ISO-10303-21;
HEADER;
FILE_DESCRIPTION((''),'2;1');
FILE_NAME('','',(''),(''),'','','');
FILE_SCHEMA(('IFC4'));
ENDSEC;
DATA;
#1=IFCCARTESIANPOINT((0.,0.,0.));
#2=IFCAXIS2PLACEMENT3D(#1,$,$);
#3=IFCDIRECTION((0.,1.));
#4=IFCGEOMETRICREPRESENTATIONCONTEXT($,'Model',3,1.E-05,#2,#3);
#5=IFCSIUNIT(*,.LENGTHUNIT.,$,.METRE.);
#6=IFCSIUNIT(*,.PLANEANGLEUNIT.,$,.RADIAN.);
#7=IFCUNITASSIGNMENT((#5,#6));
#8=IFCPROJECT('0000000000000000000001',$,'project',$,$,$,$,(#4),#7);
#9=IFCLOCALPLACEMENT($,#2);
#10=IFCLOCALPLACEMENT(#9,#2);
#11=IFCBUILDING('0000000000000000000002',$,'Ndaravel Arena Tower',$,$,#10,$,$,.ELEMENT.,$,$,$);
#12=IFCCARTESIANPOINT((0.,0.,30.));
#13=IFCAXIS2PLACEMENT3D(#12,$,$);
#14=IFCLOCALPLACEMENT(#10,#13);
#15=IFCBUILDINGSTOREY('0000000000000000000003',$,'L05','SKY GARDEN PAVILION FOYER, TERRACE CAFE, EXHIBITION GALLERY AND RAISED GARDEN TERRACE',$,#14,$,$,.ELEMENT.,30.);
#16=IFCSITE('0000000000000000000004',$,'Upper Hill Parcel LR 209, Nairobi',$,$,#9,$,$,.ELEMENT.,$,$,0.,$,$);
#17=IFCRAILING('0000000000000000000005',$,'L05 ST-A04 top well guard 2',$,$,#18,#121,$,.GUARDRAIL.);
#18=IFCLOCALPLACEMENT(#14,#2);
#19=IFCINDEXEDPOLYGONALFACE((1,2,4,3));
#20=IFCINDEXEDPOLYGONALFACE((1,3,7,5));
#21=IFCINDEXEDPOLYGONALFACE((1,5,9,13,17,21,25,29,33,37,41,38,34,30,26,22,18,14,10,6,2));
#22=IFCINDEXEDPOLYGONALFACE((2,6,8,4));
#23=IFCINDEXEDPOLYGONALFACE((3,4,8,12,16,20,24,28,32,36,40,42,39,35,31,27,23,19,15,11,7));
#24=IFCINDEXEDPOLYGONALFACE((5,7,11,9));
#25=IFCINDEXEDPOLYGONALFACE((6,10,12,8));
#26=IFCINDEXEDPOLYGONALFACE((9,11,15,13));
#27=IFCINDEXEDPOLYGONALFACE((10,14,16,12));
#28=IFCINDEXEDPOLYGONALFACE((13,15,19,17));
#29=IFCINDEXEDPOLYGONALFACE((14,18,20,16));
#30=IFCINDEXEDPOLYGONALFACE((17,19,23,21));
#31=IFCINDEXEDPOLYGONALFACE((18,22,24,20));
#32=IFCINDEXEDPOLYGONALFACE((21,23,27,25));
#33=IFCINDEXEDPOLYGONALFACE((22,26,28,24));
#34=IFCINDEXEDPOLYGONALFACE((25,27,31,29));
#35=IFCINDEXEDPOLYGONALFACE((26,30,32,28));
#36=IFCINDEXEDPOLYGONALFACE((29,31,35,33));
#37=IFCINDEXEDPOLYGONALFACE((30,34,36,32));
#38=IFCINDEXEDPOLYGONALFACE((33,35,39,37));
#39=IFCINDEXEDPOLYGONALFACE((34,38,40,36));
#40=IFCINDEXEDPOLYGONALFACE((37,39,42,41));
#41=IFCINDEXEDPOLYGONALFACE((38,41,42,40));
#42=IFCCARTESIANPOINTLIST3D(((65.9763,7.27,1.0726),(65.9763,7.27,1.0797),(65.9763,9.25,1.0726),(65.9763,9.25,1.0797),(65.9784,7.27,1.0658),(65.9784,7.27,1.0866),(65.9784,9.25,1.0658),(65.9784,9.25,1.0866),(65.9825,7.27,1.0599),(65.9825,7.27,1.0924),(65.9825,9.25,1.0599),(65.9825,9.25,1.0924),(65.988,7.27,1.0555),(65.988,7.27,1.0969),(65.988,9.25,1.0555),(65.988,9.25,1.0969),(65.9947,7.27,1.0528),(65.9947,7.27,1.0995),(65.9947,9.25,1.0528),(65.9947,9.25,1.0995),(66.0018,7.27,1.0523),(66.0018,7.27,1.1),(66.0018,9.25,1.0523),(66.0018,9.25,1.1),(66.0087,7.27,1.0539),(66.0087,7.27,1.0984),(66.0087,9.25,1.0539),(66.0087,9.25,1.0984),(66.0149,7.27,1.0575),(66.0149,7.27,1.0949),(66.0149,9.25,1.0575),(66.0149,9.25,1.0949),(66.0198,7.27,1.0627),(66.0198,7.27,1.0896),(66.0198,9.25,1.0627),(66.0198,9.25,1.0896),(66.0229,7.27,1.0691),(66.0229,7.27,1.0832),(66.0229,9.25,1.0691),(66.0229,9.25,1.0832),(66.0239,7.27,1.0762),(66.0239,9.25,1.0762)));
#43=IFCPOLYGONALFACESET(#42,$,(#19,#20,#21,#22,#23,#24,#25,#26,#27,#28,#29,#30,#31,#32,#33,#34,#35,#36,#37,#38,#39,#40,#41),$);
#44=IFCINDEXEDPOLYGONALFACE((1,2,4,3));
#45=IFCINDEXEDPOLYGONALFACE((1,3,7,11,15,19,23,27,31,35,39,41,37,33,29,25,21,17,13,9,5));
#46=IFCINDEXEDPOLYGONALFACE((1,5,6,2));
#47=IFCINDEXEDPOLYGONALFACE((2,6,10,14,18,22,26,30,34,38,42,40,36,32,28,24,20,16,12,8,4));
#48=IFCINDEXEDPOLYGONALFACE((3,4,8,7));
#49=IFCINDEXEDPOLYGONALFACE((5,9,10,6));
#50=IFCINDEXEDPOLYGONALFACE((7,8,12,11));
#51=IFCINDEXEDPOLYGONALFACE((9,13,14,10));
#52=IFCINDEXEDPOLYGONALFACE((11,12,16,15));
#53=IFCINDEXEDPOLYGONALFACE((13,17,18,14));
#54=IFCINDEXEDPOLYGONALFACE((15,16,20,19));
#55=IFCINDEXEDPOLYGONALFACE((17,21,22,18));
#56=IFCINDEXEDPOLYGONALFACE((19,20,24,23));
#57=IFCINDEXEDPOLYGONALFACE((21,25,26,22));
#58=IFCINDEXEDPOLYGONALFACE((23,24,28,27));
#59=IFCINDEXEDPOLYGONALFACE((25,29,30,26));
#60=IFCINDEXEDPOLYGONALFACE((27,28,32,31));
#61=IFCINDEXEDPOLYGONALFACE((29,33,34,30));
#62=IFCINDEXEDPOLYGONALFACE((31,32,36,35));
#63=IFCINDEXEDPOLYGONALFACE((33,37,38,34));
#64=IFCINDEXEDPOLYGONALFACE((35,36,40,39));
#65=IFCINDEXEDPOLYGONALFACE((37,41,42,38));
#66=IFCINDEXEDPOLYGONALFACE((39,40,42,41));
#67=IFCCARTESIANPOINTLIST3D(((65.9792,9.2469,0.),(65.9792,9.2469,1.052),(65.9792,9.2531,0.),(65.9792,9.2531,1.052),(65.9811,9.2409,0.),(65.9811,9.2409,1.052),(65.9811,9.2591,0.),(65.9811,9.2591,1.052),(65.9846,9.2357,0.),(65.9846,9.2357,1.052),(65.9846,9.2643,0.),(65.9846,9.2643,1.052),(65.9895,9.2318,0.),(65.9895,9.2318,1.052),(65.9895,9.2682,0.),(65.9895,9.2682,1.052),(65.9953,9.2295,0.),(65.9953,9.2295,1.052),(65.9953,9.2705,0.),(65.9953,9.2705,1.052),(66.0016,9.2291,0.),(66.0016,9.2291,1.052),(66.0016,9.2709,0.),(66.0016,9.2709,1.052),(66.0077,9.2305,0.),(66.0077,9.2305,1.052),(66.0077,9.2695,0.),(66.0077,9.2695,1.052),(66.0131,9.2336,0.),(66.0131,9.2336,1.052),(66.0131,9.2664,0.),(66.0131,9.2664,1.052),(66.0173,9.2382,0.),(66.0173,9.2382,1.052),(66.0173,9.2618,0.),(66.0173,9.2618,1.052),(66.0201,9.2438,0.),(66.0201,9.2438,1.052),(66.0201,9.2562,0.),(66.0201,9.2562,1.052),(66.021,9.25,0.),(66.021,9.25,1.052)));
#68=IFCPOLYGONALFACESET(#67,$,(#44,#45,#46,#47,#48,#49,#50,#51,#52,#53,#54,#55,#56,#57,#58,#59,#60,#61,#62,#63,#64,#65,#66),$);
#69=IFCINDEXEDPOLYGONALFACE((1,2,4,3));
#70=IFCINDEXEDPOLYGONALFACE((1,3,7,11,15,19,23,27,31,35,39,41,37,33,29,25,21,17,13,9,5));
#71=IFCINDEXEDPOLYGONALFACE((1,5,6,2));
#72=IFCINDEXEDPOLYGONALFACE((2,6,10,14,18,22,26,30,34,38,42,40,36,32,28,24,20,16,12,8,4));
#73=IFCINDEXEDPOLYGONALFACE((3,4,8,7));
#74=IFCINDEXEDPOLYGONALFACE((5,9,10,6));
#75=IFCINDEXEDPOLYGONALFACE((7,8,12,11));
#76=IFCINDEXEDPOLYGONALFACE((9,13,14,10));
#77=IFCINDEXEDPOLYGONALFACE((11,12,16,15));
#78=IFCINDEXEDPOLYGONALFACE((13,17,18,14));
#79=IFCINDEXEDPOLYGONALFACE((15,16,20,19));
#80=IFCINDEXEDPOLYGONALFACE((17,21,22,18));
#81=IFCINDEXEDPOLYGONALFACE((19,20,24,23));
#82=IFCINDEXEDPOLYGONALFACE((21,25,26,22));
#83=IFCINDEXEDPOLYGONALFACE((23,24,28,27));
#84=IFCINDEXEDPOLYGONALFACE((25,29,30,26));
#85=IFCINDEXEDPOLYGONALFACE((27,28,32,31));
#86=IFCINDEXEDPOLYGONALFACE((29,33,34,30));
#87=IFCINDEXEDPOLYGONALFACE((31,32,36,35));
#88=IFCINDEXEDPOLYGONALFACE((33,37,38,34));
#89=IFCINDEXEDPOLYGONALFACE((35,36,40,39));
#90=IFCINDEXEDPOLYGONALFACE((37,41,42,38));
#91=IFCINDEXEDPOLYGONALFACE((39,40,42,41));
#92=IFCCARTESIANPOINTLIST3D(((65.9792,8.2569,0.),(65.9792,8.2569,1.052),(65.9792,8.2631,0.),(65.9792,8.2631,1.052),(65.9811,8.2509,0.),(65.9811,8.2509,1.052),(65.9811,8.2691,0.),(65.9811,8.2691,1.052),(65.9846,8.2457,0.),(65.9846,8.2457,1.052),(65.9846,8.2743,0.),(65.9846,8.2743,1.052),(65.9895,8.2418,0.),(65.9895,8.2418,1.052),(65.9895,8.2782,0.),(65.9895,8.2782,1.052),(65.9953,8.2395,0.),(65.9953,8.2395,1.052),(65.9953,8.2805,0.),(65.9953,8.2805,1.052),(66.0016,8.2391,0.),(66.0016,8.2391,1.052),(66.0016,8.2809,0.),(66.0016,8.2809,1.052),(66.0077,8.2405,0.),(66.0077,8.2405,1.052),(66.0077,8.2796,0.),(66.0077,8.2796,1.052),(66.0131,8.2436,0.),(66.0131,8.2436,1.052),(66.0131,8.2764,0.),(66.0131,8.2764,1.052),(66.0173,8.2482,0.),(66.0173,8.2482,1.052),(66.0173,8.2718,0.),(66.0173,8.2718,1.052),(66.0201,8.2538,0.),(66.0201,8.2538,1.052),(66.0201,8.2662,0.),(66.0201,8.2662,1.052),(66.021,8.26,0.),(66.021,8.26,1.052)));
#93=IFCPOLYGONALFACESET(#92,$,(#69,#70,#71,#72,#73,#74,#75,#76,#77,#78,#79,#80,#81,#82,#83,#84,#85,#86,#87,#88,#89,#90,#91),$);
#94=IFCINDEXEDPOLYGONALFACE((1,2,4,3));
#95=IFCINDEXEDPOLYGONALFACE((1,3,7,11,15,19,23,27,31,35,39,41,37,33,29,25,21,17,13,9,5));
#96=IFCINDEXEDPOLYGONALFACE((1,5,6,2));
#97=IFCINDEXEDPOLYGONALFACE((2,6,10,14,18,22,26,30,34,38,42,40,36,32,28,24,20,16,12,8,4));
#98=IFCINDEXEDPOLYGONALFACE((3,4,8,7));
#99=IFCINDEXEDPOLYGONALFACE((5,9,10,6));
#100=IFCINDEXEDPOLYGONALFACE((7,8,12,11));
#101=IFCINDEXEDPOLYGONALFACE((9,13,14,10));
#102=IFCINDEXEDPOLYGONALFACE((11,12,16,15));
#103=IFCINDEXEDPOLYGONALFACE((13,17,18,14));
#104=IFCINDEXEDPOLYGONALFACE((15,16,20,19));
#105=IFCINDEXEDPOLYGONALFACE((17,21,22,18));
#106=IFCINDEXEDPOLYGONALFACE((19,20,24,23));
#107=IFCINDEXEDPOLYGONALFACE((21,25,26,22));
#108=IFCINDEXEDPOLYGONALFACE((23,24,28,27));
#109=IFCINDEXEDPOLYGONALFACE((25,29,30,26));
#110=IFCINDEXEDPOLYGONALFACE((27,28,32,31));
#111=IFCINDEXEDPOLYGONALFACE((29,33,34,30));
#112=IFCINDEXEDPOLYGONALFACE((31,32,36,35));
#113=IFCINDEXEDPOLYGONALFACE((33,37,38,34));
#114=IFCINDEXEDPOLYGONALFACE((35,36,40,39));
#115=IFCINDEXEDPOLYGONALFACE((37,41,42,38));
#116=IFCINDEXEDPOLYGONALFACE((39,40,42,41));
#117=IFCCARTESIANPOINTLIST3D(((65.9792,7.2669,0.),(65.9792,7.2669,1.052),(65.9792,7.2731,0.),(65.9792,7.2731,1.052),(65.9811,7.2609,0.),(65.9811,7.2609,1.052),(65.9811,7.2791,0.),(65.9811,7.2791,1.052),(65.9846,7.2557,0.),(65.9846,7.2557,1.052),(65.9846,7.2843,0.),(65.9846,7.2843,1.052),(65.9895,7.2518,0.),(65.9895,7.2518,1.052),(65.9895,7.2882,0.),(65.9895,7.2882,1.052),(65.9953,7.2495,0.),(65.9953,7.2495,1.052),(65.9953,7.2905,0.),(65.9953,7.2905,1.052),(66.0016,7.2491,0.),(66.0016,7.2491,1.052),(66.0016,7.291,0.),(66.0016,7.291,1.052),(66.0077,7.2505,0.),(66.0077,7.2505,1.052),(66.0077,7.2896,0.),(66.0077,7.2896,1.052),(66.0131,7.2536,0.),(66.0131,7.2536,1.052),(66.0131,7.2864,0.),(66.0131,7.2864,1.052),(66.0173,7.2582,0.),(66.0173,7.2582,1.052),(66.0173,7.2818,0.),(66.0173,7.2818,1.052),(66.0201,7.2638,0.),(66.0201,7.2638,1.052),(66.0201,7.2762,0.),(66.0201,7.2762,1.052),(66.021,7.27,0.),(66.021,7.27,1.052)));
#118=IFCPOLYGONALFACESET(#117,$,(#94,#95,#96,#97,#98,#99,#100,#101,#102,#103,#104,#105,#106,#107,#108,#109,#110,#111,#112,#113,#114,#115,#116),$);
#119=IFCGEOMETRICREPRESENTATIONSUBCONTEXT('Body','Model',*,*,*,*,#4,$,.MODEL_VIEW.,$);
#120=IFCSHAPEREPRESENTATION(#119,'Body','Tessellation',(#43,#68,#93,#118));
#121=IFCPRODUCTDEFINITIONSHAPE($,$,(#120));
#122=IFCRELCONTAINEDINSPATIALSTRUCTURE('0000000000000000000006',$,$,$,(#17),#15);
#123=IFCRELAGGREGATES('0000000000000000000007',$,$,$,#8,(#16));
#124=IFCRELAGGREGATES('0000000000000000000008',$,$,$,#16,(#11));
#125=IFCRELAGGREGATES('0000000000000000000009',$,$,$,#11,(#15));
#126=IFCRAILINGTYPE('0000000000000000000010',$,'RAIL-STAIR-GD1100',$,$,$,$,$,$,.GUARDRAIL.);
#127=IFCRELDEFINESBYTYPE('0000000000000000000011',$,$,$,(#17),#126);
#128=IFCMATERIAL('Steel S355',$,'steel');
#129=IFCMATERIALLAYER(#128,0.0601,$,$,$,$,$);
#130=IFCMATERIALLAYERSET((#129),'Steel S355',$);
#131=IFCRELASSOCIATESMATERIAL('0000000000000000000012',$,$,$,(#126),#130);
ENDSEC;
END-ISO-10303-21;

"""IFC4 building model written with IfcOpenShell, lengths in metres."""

from ifc_helpers import new_model, si_unit, direction, frame, origin, origin_2d, place, context, subcontext, project, spatial, circle, extrude, material, layer, layer_set, type_object, element, save


model = new_model("IFC4")

# Units and contexts
model_context = context("Model", 3, precision=1e-05, world=origin(), true_north=direction((0.0, 1.0)))
body_context = subcontext(model_context, "Body", "Model", "MODEL_VIEW")
ifc_project = project(units=[si_unit("LENGTHUNIT", "METRE"), si_unit("PLANEANGLEUNIT", "RADIAN")], contexts=[model_context])

# Site, building, storey
site_placement = place(None, origin())
site = spatial("IfcSite", under=ifc_project, at=site_placement, Name="Upper Hill Parcel LR 209, Nairobi", CompositionType="ELEMENT", RefElevation=0.0)
building_placement = place(site_placement, origin())
building = spatial("IfcBuilding", under=site, at=building_placement, Name="Ndaravel Arena Tower", CompositionType="ELEMENT")
storey_placement = place(building_placement, frame((0.0, 0.0, 30.0)))
storey = spatial("IfcBuildingStorey", under=building, at=storey_placement, Name="L05", Description="SKY GARDEN PAVILION FOYER, TERRACE CAFE, EXHIBITION GALLERY AND RAISED GARDEN TERRACE", CompositionType="ELEMENT", Elevation=30.0)

# Railing
ifc_material_1 = material(Name="Steel S355", Category="steel")
ifc_layer_1 = layer(ifc_material_1, 0.0601)
ifc_layer_set_1 = layer_set([ifc_layer_1], Name="Steel S355")
railing_type_1 = type_object("IfcRailingType", Name="RAIL-STAIR-GD1100", PredefinedType="GUARDRAIL", material=ifc_layer_set_1)
for number, where, name in (
    (1, (66.0, 9.25, 0.0), "L05 ST-A04 top well guard 2"),
):
    element("IfcRailing", number, at=place(storey_placement, frame(where)), inside=storey, type_object=railing_type_1, Name=name, PredefinedType="GUARDRAIL", context=body_context, shape_type="SweptSolid", body=[
        extrude(circle(Radius=0.0239, at=origin_2d()), frame((0.0, 0.0, 1.0762), z_axis=(0.0, -1.0, 0.0), x_axis=(1.0, 0.0, 0.0)), (0.0, 0.0, 1.0), 1.98),
        extrude(circle(Radius=0.021, at=origin_2d()), origin(), (0.0, 0.0, 1.0), 1.052),
        extrude(circle(Radius=0.021, at=origin_2d()), frame((0.0, -0.99, 0.0)), (0.0, 0.0, 1.0), 1.052),
        extrude(circle(Radius=0.021, at=origin_2d()), frame((0.0, -1.98, 0.0)), (0.0, 0.0, 1.0), 1.052),
    ])

save(model, "model.ifc")
